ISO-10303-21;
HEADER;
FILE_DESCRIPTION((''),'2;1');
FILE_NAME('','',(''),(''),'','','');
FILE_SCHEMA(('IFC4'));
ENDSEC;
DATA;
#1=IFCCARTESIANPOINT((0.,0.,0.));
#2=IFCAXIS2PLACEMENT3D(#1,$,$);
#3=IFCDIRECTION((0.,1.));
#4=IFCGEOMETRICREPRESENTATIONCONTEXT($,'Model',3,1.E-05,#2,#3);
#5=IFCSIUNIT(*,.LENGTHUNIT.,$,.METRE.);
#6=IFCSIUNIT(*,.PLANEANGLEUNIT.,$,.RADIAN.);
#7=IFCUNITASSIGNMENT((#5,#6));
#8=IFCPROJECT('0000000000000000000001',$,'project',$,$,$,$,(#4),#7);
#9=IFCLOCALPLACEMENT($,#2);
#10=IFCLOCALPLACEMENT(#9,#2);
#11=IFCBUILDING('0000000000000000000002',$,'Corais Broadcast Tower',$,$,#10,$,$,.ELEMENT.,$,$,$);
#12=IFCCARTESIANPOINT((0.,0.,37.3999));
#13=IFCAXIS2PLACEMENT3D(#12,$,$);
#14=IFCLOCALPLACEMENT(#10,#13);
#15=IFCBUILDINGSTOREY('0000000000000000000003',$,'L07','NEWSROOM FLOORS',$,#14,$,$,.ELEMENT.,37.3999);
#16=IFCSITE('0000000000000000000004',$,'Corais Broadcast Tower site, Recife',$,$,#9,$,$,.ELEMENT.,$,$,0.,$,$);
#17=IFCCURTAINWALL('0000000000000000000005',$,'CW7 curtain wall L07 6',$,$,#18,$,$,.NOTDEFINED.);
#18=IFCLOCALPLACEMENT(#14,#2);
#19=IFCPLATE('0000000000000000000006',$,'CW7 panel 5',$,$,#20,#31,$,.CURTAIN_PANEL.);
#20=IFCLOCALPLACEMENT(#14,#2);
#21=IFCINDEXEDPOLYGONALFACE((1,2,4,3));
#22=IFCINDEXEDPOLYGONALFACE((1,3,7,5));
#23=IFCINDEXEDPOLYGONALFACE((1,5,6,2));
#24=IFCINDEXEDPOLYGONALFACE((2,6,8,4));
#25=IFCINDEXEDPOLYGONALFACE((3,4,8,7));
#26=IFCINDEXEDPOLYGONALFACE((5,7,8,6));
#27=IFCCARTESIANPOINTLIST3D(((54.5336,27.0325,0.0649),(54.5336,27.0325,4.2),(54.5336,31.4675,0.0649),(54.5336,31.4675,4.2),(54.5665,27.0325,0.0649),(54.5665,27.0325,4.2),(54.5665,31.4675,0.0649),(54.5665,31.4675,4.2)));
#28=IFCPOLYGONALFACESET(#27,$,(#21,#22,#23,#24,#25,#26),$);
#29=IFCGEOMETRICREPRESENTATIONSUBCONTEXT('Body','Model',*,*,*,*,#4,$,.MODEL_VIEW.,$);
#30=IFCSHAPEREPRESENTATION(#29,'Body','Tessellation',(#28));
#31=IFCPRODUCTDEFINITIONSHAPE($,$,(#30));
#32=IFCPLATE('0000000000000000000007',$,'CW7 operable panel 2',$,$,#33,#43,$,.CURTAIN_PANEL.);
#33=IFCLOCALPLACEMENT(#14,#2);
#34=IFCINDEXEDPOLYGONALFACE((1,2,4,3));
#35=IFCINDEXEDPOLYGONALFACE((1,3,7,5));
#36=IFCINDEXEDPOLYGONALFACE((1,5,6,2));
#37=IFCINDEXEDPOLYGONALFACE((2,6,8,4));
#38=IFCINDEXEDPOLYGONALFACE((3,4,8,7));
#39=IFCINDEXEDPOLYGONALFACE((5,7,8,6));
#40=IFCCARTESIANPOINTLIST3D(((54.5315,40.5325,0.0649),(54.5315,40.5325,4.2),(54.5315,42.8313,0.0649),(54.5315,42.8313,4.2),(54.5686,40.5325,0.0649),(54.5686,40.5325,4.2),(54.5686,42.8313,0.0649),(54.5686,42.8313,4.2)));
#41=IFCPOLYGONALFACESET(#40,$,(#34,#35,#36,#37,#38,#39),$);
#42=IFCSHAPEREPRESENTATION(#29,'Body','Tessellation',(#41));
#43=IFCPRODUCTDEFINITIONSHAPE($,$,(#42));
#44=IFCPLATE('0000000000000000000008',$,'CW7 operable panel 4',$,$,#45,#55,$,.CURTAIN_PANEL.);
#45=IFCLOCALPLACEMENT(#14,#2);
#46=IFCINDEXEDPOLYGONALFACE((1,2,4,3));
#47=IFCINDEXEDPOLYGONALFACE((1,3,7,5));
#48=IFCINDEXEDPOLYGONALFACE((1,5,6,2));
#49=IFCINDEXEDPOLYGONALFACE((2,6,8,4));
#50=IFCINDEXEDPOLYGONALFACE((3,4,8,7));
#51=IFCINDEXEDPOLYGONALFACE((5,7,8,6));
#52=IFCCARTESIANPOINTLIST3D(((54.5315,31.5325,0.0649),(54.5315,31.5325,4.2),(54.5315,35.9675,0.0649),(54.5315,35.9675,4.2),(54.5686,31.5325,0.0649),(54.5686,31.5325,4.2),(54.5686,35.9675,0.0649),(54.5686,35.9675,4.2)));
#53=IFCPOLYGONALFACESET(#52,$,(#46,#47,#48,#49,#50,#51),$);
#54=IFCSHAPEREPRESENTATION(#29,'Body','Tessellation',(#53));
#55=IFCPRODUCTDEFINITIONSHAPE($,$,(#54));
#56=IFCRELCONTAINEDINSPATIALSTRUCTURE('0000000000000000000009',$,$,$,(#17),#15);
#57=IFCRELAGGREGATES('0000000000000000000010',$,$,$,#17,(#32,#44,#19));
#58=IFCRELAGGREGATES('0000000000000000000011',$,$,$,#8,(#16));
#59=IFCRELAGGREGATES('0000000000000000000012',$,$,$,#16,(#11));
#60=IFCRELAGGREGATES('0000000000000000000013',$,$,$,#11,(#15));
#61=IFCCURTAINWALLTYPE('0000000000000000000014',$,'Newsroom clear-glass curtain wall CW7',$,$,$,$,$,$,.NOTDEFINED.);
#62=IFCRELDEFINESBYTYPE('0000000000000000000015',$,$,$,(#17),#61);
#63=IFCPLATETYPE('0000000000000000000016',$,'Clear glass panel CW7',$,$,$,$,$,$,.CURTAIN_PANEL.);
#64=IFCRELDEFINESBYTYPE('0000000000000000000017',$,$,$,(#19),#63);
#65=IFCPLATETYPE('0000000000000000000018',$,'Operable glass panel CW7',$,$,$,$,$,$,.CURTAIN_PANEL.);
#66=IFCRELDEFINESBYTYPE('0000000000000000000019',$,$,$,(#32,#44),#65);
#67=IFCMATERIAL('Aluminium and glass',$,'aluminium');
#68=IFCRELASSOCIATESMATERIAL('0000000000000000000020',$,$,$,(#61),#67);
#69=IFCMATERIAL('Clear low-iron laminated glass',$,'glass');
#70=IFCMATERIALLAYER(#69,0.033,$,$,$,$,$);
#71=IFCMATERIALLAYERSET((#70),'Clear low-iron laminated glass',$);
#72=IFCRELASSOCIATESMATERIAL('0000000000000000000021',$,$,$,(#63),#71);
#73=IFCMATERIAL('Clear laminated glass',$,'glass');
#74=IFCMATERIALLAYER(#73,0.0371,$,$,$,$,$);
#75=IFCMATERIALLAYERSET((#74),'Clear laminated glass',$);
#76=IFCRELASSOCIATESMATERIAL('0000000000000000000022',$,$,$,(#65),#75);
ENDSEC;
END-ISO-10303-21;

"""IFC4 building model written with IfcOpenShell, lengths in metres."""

from ifc_helpers import new_model, si_unit, direction, frame, origin, origin_2d, place, context, subcontext, project, spatial, rectangle, extrude, material, layer, layer_set, type_object, element, aggregate, save


model = new_model("IFC4")

# Units and contexts
model_context = context("Model", 3, precision=1e-05, world=origin(), true_north=direction((0.0, 1.0)))
body_context = subcontext(model_context, "Body", "Model", "MODEL_VIEW")
ifc_project = project(units=[si_unit("LENGTHUNIT", "METRE"), si_unit("PLANEANGLEUNIT", "RADIAN")], contexts=[model_context])

# Site, building, storey
site_placement = place(None, origin())
site = spatial("IfcSite", under=ifc_project, at=site_placement, Name="Corais Broadcast Tower site, Recife", CompositionType="ELEMENT", RefElevation=0.0)
building_placement = place(site_placement, origin())
building = spatial("IfcBuilding", under=site, at=building_placement, Name="Corais Broadcast Tower", CompositionType="ELEMENT")
storey_placement = place(building_placement, frame((0.0, 0.0, 37.3999)))
storey = spatial("IfcBuildingStorey", under=building, at=storey_placement, Name="L07", Description="NEWSROOM FLOORS", CompositionType="ELEMENT", Elevation=37.3999)

# Curtain wall
ifc_material_1 = material(Name="Aluminium and glass", Category="aluminium")
curtain_wall_type = type_object("IfcCurtainWallType", Name="Newsroom clear-glass curtain wall CW7", PredefinedType="NOTDEFINED", material=ifc_material_1)
curtain_wall_placement = place(storey_placement, origin())
curtain_wall = element("IfcCurtainWall", 1, at=curtain_wall_placement, inside=storey, type_object=curtain_wall_type, Name="CW7 curtain wall L07 6", PredefinedType="NOTDEFINED")

# Plates
ifc_material_2 = material(Name="Clear low-iron laminated glass", Category="glass")
ifc_layer_1 = layer(ifc_material_2, 0.033)
ifc_layer_set_1 = layer_set([ifc_layer_1], Name="Clear low-iron laminated glass")
plate_type_1 = type_object("IfcPlateType", Name="Clear glass panel CW7", PredefinedType="CURTAIN_PANEL", material=ifc_layer_set_1)
plate_1_placement = place(storey_placement, frame((54.55, 29.25, 0.0649), z_axis=(0.0, 0.0, 1.0), x_axis=(0.0, -1.0, 0.0)))
plate_1 = element("IfcPlate", 2, at=plate_1_placement, type_object=plate_type_1, Name="CW7 panel 5", PredefinedType="CURTAIN_PANEL", context=body_context, shape_type="SweptSolid", body=[
    extrude(rectangle(XDim=4.4351, YDim=0.033, at=origin_2d()), origin(), (0.0, 0.0, 1.0), 4.135),
])
ifc_material_3 = material(Name="Clear laminated glass", Category="glass")
ifc_layer_2 = layer(ifc_material_3, 0.0371)
ifc_layer_set_2 = layer_set([ifc_layer_2], Name="Clear laminated glass")
plate_type_2 = type_object("IfcPlateType", Name="Operable glass panel CW7", PredefinedType="CURTAIN_PANEL", material=ifc_layer_set_2)
plate_2_placement = place(storey_placement, frame((54.55, 41.6819, 0.0649), z_axis=(0.0, 0.0, 1.0), x_axis=(0.0, -1.0, 0.0)))
plate_2 = element("IfcPlate", 3, at=plate_2_placement, type_object=plate_type_2, Name="CW7 operable panel 2", PredefinedType="CURTAIN_PANEL", context=body_context, shape_type="SweptSolid", body=[
    extrude(rectangle(XDim=2.2988, YDim=0.0371, at=origin_2d()), origin(), (0.0, 0.0, 1.0), 4.135),
])
plate_3_placement = place(storey_placement, frame((54.55, 33.75, 0.0649), z_axis=(0.0, 0.0, 1.0), x_axis=(0.0, -1.0, 0.0)))
plate_3 = element("IfcPlate", 4, at=plate_3_placement, type_object=plate_type_2, Name="CW7 operable panel 4", PredefinedType="CURTAIN_PANEL", context=body_context, shape_type="SweptSolid", body=[
    extrude(rectangle(XDim=4.4351, YDim=0.0371, at=origin_2d()), origin(), (0.0, 0.0, 1.0), 4.135),
])
aggregate(curtain_wall, [plate_2, plate_3, plate_1])

save(model, "model.ifc")
